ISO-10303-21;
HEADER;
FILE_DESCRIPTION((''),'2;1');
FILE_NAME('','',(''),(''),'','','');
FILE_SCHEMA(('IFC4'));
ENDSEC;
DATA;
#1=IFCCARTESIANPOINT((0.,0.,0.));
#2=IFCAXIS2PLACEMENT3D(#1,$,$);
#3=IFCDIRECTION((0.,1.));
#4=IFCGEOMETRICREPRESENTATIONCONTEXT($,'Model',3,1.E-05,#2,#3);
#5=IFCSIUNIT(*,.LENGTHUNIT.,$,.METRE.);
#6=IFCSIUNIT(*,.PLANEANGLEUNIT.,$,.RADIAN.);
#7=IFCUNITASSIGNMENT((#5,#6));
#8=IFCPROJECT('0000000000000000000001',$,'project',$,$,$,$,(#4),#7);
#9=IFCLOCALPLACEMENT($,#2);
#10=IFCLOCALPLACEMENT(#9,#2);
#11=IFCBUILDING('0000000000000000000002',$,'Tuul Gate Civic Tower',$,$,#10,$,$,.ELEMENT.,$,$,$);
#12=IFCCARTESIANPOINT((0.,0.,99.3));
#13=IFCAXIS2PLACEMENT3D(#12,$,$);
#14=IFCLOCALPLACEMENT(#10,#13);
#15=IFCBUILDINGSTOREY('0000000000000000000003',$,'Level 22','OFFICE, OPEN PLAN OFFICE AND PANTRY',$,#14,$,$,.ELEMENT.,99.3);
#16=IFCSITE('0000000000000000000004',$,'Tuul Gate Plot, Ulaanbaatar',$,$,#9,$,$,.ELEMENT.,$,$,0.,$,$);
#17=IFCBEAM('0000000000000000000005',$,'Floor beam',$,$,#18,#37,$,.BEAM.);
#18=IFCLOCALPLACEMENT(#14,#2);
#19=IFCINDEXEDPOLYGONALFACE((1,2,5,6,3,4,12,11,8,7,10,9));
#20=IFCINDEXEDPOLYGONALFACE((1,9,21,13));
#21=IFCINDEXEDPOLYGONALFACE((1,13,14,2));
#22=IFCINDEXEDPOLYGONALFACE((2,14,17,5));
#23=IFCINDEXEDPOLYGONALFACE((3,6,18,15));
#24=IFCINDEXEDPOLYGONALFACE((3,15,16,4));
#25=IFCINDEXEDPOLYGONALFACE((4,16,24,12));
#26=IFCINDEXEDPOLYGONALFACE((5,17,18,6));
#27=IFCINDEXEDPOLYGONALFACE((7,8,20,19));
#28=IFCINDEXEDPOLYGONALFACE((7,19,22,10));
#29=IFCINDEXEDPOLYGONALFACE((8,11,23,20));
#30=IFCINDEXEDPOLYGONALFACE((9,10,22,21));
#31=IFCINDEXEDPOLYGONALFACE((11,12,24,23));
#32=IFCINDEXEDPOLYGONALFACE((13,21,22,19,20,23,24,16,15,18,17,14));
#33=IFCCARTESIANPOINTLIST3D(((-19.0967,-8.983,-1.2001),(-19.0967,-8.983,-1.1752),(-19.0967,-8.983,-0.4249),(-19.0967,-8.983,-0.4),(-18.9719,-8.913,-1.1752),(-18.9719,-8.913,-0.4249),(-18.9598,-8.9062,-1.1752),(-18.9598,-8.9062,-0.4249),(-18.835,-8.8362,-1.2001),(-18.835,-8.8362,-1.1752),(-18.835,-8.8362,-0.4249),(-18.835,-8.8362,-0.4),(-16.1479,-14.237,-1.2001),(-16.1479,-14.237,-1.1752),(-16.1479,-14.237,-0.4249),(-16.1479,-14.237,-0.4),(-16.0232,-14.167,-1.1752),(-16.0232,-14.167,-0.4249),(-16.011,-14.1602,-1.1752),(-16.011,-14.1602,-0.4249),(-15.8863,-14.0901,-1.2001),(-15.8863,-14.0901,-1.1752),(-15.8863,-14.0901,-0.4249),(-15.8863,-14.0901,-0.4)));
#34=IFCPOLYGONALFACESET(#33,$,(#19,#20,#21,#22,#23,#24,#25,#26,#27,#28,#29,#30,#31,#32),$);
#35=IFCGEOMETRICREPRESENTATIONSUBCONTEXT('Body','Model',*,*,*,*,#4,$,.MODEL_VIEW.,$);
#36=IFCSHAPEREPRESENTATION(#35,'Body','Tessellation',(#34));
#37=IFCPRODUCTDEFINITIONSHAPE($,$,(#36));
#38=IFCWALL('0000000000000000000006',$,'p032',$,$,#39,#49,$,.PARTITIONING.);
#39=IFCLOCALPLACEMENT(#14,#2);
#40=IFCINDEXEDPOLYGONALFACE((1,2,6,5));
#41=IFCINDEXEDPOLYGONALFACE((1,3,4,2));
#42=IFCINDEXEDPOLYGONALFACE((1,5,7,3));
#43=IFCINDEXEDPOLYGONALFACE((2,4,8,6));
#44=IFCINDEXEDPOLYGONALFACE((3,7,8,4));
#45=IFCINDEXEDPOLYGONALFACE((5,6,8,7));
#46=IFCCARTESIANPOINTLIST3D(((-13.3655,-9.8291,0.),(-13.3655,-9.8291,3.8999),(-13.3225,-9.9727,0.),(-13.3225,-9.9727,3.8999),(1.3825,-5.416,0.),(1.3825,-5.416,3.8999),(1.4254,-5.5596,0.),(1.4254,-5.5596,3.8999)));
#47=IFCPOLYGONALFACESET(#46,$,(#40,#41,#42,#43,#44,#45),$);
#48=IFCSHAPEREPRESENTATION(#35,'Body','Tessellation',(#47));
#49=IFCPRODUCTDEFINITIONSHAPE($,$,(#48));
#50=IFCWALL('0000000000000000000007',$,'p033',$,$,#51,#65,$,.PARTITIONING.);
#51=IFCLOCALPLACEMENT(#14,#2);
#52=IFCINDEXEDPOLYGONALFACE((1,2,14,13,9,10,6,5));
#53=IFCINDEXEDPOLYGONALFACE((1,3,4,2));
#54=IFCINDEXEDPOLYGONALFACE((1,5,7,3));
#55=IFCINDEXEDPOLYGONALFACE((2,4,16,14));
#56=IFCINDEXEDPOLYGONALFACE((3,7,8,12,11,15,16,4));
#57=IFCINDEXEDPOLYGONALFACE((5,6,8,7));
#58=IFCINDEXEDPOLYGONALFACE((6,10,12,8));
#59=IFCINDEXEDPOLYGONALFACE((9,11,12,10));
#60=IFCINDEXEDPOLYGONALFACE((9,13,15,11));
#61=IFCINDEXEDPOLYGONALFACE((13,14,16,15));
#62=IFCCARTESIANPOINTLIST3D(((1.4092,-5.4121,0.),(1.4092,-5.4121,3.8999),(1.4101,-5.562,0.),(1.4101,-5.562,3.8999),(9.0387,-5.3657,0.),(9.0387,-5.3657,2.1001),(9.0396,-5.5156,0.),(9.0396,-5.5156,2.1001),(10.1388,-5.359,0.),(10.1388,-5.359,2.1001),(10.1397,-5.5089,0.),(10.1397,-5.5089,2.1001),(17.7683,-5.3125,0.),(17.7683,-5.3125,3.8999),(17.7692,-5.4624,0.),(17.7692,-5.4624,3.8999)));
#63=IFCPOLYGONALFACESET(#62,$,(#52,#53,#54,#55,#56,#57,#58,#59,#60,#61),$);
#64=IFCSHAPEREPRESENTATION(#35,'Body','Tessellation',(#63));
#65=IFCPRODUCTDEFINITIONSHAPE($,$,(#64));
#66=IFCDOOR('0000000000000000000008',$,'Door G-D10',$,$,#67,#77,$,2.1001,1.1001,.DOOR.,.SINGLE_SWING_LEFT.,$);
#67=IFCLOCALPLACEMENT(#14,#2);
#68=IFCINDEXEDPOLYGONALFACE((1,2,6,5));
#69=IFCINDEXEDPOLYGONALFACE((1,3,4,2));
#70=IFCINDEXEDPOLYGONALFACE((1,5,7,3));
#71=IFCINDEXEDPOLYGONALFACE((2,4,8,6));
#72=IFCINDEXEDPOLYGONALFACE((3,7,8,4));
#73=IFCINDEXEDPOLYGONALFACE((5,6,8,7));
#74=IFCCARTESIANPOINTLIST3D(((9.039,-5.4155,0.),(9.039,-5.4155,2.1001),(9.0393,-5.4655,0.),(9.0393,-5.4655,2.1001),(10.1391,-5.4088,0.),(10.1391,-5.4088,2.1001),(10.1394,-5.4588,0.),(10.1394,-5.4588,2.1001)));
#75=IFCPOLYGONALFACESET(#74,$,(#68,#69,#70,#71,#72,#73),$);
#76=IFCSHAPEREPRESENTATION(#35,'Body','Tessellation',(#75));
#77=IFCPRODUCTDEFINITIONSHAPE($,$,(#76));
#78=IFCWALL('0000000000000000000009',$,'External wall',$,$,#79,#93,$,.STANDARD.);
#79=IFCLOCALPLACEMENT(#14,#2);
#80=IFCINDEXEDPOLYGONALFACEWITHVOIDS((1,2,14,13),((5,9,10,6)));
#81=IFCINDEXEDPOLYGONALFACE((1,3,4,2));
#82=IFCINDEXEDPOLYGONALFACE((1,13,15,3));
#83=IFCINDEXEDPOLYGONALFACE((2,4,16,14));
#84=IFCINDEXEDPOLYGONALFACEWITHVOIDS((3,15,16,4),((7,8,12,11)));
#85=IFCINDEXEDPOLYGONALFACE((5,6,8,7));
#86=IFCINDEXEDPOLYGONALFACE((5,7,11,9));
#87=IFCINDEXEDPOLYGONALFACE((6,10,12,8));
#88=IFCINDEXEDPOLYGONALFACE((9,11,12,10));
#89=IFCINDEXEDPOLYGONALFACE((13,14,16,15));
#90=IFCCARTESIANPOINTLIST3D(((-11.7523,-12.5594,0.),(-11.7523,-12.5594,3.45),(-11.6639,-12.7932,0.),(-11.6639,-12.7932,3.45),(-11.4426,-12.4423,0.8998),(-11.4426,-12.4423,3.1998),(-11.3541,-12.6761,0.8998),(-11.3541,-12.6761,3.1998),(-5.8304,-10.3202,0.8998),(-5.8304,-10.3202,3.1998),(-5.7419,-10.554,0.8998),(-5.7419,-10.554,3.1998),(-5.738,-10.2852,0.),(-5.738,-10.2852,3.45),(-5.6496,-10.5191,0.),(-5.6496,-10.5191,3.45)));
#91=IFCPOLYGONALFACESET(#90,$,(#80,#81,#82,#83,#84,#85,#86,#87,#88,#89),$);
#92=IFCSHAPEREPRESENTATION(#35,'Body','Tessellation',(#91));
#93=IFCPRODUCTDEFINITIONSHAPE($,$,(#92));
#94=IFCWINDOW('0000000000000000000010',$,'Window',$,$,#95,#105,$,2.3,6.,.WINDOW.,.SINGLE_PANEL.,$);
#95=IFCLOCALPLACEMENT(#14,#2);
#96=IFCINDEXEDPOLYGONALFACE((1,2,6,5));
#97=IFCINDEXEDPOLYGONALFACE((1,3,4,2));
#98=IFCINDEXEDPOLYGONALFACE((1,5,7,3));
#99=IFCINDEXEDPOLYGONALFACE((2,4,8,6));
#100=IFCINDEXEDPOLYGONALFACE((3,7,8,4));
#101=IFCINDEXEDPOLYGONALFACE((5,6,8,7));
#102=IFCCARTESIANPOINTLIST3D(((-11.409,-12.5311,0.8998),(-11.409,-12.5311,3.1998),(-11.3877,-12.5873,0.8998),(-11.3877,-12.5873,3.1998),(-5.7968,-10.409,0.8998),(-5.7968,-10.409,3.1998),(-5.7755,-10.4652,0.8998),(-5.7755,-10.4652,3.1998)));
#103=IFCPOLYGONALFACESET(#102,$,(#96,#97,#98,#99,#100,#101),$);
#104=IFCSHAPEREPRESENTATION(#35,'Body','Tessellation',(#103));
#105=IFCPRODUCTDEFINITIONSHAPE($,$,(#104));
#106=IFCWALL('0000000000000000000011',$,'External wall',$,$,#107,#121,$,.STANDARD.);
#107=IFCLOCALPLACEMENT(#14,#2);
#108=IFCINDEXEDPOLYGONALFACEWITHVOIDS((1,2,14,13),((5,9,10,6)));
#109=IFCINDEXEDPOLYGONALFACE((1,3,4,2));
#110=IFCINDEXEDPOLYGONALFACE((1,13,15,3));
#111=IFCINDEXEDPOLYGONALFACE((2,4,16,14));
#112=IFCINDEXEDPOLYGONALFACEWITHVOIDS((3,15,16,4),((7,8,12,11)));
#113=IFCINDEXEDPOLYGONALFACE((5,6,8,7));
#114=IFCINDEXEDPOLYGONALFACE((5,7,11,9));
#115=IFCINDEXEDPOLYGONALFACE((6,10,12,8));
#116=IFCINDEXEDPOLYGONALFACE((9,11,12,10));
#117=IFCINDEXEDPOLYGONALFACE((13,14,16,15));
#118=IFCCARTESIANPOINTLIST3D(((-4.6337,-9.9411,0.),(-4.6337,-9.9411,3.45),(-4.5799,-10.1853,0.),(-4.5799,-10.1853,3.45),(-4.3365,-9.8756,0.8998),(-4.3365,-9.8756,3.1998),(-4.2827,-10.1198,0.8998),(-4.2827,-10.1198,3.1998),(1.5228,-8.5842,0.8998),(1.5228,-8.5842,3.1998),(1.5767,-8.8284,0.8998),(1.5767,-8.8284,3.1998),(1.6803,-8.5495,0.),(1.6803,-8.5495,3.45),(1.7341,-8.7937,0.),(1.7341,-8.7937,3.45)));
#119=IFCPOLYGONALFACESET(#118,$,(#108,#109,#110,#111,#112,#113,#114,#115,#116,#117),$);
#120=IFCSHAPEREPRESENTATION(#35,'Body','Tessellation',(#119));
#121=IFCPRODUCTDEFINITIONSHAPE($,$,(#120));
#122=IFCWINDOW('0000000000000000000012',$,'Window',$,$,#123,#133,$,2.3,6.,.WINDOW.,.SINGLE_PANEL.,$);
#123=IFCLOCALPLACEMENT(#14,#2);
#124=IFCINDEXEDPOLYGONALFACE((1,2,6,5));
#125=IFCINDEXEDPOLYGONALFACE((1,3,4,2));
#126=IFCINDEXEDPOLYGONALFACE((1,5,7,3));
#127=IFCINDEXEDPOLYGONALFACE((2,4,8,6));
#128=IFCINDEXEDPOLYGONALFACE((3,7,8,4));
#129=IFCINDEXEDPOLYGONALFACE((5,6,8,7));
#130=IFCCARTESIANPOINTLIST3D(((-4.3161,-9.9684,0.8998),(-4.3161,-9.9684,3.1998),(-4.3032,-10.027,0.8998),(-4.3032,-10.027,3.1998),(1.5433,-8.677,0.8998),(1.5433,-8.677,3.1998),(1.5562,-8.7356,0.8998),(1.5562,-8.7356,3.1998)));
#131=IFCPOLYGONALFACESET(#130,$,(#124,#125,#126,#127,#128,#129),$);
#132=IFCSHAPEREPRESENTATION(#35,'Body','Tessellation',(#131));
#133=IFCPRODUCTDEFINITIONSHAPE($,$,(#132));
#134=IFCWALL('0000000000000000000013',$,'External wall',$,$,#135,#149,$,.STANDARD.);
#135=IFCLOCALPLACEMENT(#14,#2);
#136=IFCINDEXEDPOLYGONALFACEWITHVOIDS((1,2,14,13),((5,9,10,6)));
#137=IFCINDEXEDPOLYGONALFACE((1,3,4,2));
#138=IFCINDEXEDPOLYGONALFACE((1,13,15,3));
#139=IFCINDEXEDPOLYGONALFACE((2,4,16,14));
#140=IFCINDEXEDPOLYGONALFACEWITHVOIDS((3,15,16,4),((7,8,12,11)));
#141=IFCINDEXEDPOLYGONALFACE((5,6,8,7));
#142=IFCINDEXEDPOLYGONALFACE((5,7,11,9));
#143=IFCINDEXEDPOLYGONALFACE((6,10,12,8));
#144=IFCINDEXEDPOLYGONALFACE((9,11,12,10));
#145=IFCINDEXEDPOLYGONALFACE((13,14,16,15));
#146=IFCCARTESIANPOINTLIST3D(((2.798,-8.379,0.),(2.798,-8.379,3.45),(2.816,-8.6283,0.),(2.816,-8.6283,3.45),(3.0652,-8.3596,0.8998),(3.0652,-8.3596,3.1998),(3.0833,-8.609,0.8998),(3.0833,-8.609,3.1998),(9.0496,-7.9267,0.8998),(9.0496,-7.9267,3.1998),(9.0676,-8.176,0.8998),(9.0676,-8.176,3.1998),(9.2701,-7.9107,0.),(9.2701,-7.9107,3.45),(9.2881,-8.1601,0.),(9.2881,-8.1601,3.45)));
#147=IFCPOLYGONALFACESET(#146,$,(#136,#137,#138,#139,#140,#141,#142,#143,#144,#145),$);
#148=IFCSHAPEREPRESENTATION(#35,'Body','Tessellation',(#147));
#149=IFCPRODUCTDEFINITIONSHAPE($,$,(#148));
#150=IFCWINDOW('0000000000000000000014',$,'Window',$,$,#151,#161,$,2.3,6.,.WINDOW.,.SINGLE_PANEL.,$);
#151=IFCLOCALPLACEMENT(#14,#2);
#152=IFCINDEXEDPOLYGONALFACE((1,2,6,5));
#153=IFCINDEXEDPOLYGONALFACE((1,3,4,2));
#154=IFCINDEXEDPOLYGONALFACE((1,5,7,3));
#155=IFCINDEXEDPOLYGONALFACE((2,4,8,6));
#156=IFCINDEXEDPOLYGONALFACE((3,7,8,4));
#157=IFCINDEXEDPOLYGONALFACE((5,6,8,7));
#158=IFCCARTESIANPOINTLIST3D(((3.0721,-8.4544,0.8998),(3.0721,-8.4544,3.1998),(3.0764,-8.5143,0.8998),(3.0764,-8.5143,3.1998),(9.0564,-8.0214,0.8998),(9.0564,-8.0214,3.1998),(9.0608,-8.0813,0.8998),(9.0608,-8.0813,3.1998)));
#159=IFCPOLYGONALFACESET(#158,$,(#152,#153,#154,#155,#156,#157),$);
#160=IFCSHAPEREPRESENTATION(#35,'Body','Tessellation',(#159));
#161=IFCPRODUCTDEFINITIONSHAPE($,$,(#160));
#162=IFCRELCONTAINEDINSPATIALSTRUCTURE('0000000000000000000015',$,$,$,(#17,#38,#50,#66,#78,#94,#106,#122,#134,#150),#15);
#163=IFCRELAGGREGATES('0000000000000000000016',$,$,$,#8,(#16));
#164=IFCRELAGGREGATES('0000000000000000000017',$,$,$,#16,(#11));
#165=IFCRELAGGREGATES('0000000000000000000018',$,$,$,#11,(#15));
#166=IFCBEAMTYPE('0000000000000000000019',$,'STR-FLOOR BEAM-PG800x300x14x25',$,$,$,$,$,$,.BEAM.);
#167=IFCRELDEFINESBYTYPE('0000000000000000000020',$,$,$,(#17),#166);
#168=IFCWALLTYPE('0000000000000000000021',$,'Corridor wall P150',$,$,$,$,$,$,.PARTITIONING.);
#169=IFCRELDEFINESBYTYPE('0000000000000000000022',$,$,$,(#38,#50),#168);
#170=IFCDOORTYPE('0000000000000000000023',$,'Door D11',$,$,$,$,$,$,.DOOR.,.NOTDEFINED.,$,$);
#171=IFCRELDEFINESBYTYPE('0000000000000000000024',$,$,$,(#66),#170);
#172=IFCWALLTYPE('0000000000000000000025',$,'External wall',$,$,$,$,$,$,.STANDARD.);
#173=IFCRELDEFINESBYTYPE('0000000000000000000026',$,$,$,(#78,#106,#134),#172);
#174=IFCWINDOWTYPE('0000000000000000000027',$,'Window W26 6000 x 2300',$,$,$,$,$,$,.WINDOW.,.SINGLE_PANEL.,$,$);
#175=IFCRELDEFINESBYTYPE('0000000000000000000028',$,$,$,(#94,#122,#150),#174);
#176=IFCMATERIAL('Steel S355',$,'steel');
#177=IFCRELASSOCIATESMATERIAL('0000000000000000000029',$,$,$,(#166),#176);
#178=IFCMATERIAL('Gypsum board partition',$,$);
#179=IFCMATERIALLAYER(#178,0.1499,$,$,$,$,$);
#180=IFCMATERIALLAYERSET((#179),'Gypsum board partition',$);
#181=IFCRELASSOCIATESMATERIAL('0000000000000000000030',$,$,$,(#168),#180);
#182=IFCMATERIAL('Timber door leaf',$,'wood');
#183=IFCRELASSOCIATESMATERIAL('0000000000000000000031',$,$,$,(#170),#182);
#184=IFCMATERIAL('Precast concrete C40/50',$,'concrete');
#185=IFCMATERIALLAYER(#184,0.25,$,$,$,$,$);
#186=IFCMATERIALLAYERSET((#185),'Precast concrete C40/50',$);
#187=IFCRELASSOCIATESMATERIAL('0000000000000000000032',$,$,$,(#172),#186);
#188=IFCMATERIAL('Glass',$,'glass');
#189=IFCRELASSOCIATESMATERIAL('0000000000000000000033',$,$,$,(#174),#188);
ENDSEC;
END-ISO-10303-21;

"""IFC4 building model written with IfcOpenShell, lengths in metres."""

from ifc_helpers import new_model, si_unit, direction, frame, frame_2d, origin, origin_2d, place, context, subcontext, project, spatial, rectangle, i_section, extrude, material, layer, layer_set, material_profile, profile_set, type_object, element, fill, save


model = new_model("IFC4")

# Units and contexts
model_context = context("Model", 3, precision=1e-05, world=origin(), true_north=direction((0.0, 1.0)))
body_context = subcontext(model_context, "Body", "Model", "MODEL_VIEW")
ifc_project = project(units=[si_unit("LENGTHUNIT", "METRE"), si_unit("PLANEANGLEUNIT", "RADIAN")], contexts=[model_context])

# Site, building, storey
site_placement = place(None, origin())
site = spatial("IfcSite", under=ifc_project, at=site_placement, Name="Tuul Gate Plot, Ulaanbaatar", CompositionType="ELEMENT", RefElevation=0.0)
building_placement = place(site_placement, origin())
building = spatial("IfcBuilding", under=site, at=building_placement, Name="Tuul Gate Civic Tower", CompositionType="ELEMENT")
storey_placement = place(building_placement, frame((0.0, 0.0, 99.3)))
storey = spatial("IfcBuildingStorey", under=building, at=storey_placement, Name="Level 22", Description="OFFICE, OPEN PLAN OFFICE AND PANTRY", CompositionType="ELEMENT", Elevation=99.3)

# Beam
ifc_material_1 = material(Name="Steel S355", Category="steel")
ifc_material_profile_1 = material_profile(ifc_material_1, i_section(OverallWidth=0.3, OverallDepth=0.8, WebThickness=0.0139, FlangeThickness=0.0249, at=origin_2d()), Name="PG800x300x14x25")
ifc_profile_set_1 = profile_set([ifc_material_profile_1], Name="Steel S355")
beam_type = type_object("IfcBeamType", Name="STR-FLOOR BEAM-PG800x300x14x25", PredefinedType="BEAM", material=ifc_profile_set_1)
beam_1_placement = place(storey_placement, frame((-16.0171, -14.1636, -0.8), z_axis=(-0.48943, 0.872043, 0.0), x_axis=(-0.872043, -0.48943, 0.0)))
element("IfcBeam", 1, at=beam_1_placement, inside=storey, type_object=beam_type, Name="Floor beam", PredefinedType="BEAM", context=body_context, shape_type="SweptSolid", body=[
    extrude(i_section(OverallWidth=0.3, OverallDepth=0.8, WebThickness=0.0139, FlangeThickness=0.0249, at=origin_2d()), origin(), (0.0, 0.0, 1.0), 6.0249),
])

# Wall
ifc_material_2 = material(Name="Gypsum board partition")
ifc_layer_1 = layer(ifc_material_2, 0.1499)
ifc_layer_set_1 = layer_set([ifc_layer_1], Name="Gypsum board partition")
wall_type_1 = type_object("IfcWallType", Name="Corridor wall P150", PredefinedType="PARTITIONING", material=ifc_layer_set_1)
wall_1_placement = place(storey_placement, frame((-13.344, -9.9009, 0.0), z_axis=(0.0, 0.0, 1.0), x_axis=(0.958029, 0.286673, 0.0)))
element("IfcWall", 2, at=wall_1_placement, inside=storey, type_object=wall_type_1, Name="p032", PredefinedType="PARTITIONING", context=body_context, shape_type="SweptSolid", body=[
    extrude(rectangle(XDim=15.394, YDim=0.1499, at=frame_2d((7.697, 0.0))), origin(), (0.0, 0.0, 1.0), 3.8999),
])

# Wall, opening, door
wall_2_placement = place(storey_placement, frame((1.4097, -5.4871, 0.0), z_axis=(0.0, 0.0, 1.0), x_axis=(0.999981, 0.006089, 0.0)))
wall_2 = element("IfcWall", 3, at=wall_2_placement, inside=storey, type_object=wall_type_1, Name="p033", PredefinedType="PARTITIONING", context=body_context, shape_type="SweptSolid", body=[
    extrude(rectangle(XDim=16.3594, YDim=0.1499, at=frame_2d((8.1797, 0.0))), origin(), (0.0, 0.0, 1.0), 3.8999),
])
opening_1_placement = place(wall_2_placement, frame((7.6296, 0.0, 0.0)))
opening_1 = element("IfcOpeningElement", 4, at=opening_1_placement, cuts=wall_2, PredefinedType="OPENING", context=body_context, shape_type="SweptSolid", body=[
    extrude(rectangle(XDim=1.1001, YDim=2.1001, at=frame_2d((0.55, 1.05))), frame((0.0, 0.085, 0.0), z_axis=(0.0, -1.0, 0.0), x_axis=(1.0, 0.0, 0.0)), (0.0, 0.0, 1.0), 0.1699),
])
ifc_material_3 = material(Name="Timber door leaf", Category="wood")
door_type = type_object("IfcDoorType", Name="Door D11", OperationType="NOTDEFINED", PredefinedType="DOOR", material=ifc_material_3)
door_placement = place(opening_1_placement, frame((1.1001, 0.0, 0.0), z_axis=(0.0, 0.0, 1.0), x_axis=(-1.0, 0.0, 0.0)))
door = element("IfcDoor", 5, at=door_placement, inside=storey, type_object=door_type, Name="Door G-D10", OperationType="SINGLE_SWING_LEFT", OverallHeight=2.1001, OverallWidth=1.1001, PredefinedType="DOOR", context=body_context, shape_type="SweptSolid", body=[
    extrude(rectangle(XDim=1.1001, YDim=2.1001, at=frame_2d((0.55, 1.05))), frame((0.0, 0.0249, 0.0), z_axis=(0.0, -1.0, 0.0), x_axis=(1.0, 0.0, 0.0)), (0.0, 0.0, 1.0), 0.05),
])
fill(opening_1, door)

# Walls, openings, windows
ifc_material_4 = material(Name="Precast concrete C40/50", Category="concrete")
ifc_layer_2 = layer(ifc_material_4, 0.25)
ifc_layer_set_2 = layer_set([ifc_layer_2], Name="Precast concrete C40/50")
wall_type_2 = type_object("IfcWallType", Name="External wall", PredefinedType="STANDARD", material=ifc_layer_set_2)
wall_3_placement = place(storey_placement, frame((-11.708, -12.6763, 0.0), z_axis=(0.0, 0.0, 1.0), x_axis=(0.935366, 0.353681, 0.0)))
wall_3 = element("IfcWall", 6, at=wall_3_placement, inside=storey, type_object=wall_type_2, Name="External wall", PredefinedType="STANDARD", context=body_context, shape_type="SweptSolid", body=[
    extrude(rectangle(XDim=6.4299, YDim=0.25, at=frame_2d((3.2148, 0.0))), origin(), (0.0, 0.0, 1.0), 3.45),
])
opening_2_placement = place(wall_3_placement, frame((0.3311, 0.0, 0.8999)))
opening_2 = element("IfcOpeningElement", 7, at=opening_2_placement, cuts=wall_3, PredefinedType="OPENING", context=body_context, shape_type="SweptSolid", body=[
    extrude(rectangle(XDim=6.0, YDim=2.3, at=frame_2d((3.0, 1.1499))), frame((0.0, 0.135, 0.0), z_axis=(0.0, -1.0, 0.0), x_axis=(1.0, 0.0, 0.0)), (0.0, 0.0, 1.0), 0.27),
])
ifc_material_5 = material(Name="Glass", Category="glass")
window_type = type_object("IfcWindowType", Name="Window W26 6000 x 2300", PartitioningType="SINGLE_PANEL", PredefinedType="WINDOW", material=ifc_material_5)
window_1_placement = place(opening_2_placement, origin())
window_1 = element("IfcWindow", 8, at=window_1_placement, inside=storey, type_object=window_type, Name="Window", OverallHeight=2.3, OverallWidth=6.0, PartitioningType="SINGLE_PANEL", PredefinedType="WINDOW", context=body_context, shape_type="SweptSolid", body=[
    extrude(rectangle(XDim=6.0, YDim=2.3, at=frame_2d((3.0, 1.1499))), frame((0.0, 0.03, 0.0), z_axis=(0.0, -1.0, 0.0), x_axis=(1.0, 0.0, 0.0)), (0.0, 0.0, 1.0), 0.0601),
])
fill(opening_2, window_1)
wall_4_placement = place(storey_placement, frame((-4.6069, -10.0632, 0.0), z_axis=(0.0, 0.0, 1.0), x_axis=(0.976562, 0.215235, 0.0)))
wall_4 = element("IfcWall", 9, at=wall_4_placement, inside=storey, type_object=wall_type_2, Name="External wall", PredefinedType="STANDARD", context=body_context, shape_type="SweptSolid", body=[
    extrude(rectangle(XDim=6.4656, YDim=0.25, at=frame_2d((3.2329, 0.0))), origin(), (0.0, 0.0, 1.0), 3.45),
])
opening_3_placement = place(wall_4_placement, frame((0.3044, 0.0, 0.8999)))
opening_3 = element("IfcOpeningElement", 10, at=opening_3_placement, cuts=wall_4, PredefinedType="OPENING", context=body_context, shape_type="SweptSolid", body=[
    extrude(rectangle(XDim=6.0, YDim=2.3, at=frame_2d((3.0, 1.1499))), frame((0.0, 0.135, 0.0), z_axis=(0.0, -1.0, 0.0), x_axis=(1.0, 0.0, 0.0)), (0.0, 0.0, 1.0), 0.27),
])
window_2_placement = place(opening_3_placement, origin())
window_2 = element("IfcWindow", 11, at=window_2_placement, inside=storey, type_object=window_type, Name="Window", OverallHeight=2.3, OverallWidth=6.0, PartitioningType="SINGLE_PANEL", PredefinedType="WINDOW", context=body_context, shape_type="SweptSolid", body=[
    extrude(rectangle(XDim=6.0, YDim=2.3, at=frame_2d((3.0, 1.1499))), frame((0.0, 0.03, 0.0), z_axis=(0.0, -1.0, 0.0), x_axis=(1.0, 0.0, 0.0)), (0.0, 0.0, 1.0), 0.0601),
])
fill(opening_3, window_2)
wall_5_placement = place(storey_placement, frame((2.8069, -8.5037, 0.0), z_axis=(0.0, 0.0, 1.0), x_axis=(0.997393, 0.072161, 0.0)))
wall_5 = element("IfcWall", 12, at=wall_5_placement, inside=storey, type_object=wall_type_2, Name="External wall", PredefinedType="STANDARD", context=body_context, shape_type="SweptSolid", body=[
    extrude(rectangle(XDim=6.489, YDim=0.25, at=frame_2d((3.2446, 0.0))), origin(), (0.0, 0.0, 1.0), 3.45),
])
opening_4_placement = place(wall_5_placement, frame((0.2681, 0.0, 0.8999)))
opening_4 = element("IfcOpeningElement", 13, at=opening_4_placement, cuts=wall_5, PredefinedType="OPENING", context=body_context, shape_type="SweptSolid", body=[
    extrude(rectangle(XDim=6.0, YDim=2.3, at=frame_2d((3.0, 1.1499))), frame((0.0, 0.135, 0.0), z_axis=(0.0, -1.0, 0.0), x_axis=(1.0, 0.0, 0.0)), (0.0, 0.0, 1.0), 0.27),
])
window_3_placement = place(opening_4_placement, origin())
window_3 = element("IfcWindow", 14, at=window_3_placement, inside=storey, type_object=window_type, Name="Window", OverallHeight=2.3, OverallWidth=6.0, PartitioningType="SINGLE_PANEL", PredefinedType="WINDOW", context=body_context, shape_type="SweptSolid", body=[
    extrude(rectangle(XDim=6.0, YDim=2.3, at=frame_2d((3.0, 1.1499))), frame((0.0, 0.03, 0.0), z_axis=(0.0, -1.0, 0.0), x_axis=(1.0, 0.0, 0.0)), (0.0, 0.0, 1.0), 0.0601),
])
fill(opening_4, window_3)

save(model, "model.ifc")
